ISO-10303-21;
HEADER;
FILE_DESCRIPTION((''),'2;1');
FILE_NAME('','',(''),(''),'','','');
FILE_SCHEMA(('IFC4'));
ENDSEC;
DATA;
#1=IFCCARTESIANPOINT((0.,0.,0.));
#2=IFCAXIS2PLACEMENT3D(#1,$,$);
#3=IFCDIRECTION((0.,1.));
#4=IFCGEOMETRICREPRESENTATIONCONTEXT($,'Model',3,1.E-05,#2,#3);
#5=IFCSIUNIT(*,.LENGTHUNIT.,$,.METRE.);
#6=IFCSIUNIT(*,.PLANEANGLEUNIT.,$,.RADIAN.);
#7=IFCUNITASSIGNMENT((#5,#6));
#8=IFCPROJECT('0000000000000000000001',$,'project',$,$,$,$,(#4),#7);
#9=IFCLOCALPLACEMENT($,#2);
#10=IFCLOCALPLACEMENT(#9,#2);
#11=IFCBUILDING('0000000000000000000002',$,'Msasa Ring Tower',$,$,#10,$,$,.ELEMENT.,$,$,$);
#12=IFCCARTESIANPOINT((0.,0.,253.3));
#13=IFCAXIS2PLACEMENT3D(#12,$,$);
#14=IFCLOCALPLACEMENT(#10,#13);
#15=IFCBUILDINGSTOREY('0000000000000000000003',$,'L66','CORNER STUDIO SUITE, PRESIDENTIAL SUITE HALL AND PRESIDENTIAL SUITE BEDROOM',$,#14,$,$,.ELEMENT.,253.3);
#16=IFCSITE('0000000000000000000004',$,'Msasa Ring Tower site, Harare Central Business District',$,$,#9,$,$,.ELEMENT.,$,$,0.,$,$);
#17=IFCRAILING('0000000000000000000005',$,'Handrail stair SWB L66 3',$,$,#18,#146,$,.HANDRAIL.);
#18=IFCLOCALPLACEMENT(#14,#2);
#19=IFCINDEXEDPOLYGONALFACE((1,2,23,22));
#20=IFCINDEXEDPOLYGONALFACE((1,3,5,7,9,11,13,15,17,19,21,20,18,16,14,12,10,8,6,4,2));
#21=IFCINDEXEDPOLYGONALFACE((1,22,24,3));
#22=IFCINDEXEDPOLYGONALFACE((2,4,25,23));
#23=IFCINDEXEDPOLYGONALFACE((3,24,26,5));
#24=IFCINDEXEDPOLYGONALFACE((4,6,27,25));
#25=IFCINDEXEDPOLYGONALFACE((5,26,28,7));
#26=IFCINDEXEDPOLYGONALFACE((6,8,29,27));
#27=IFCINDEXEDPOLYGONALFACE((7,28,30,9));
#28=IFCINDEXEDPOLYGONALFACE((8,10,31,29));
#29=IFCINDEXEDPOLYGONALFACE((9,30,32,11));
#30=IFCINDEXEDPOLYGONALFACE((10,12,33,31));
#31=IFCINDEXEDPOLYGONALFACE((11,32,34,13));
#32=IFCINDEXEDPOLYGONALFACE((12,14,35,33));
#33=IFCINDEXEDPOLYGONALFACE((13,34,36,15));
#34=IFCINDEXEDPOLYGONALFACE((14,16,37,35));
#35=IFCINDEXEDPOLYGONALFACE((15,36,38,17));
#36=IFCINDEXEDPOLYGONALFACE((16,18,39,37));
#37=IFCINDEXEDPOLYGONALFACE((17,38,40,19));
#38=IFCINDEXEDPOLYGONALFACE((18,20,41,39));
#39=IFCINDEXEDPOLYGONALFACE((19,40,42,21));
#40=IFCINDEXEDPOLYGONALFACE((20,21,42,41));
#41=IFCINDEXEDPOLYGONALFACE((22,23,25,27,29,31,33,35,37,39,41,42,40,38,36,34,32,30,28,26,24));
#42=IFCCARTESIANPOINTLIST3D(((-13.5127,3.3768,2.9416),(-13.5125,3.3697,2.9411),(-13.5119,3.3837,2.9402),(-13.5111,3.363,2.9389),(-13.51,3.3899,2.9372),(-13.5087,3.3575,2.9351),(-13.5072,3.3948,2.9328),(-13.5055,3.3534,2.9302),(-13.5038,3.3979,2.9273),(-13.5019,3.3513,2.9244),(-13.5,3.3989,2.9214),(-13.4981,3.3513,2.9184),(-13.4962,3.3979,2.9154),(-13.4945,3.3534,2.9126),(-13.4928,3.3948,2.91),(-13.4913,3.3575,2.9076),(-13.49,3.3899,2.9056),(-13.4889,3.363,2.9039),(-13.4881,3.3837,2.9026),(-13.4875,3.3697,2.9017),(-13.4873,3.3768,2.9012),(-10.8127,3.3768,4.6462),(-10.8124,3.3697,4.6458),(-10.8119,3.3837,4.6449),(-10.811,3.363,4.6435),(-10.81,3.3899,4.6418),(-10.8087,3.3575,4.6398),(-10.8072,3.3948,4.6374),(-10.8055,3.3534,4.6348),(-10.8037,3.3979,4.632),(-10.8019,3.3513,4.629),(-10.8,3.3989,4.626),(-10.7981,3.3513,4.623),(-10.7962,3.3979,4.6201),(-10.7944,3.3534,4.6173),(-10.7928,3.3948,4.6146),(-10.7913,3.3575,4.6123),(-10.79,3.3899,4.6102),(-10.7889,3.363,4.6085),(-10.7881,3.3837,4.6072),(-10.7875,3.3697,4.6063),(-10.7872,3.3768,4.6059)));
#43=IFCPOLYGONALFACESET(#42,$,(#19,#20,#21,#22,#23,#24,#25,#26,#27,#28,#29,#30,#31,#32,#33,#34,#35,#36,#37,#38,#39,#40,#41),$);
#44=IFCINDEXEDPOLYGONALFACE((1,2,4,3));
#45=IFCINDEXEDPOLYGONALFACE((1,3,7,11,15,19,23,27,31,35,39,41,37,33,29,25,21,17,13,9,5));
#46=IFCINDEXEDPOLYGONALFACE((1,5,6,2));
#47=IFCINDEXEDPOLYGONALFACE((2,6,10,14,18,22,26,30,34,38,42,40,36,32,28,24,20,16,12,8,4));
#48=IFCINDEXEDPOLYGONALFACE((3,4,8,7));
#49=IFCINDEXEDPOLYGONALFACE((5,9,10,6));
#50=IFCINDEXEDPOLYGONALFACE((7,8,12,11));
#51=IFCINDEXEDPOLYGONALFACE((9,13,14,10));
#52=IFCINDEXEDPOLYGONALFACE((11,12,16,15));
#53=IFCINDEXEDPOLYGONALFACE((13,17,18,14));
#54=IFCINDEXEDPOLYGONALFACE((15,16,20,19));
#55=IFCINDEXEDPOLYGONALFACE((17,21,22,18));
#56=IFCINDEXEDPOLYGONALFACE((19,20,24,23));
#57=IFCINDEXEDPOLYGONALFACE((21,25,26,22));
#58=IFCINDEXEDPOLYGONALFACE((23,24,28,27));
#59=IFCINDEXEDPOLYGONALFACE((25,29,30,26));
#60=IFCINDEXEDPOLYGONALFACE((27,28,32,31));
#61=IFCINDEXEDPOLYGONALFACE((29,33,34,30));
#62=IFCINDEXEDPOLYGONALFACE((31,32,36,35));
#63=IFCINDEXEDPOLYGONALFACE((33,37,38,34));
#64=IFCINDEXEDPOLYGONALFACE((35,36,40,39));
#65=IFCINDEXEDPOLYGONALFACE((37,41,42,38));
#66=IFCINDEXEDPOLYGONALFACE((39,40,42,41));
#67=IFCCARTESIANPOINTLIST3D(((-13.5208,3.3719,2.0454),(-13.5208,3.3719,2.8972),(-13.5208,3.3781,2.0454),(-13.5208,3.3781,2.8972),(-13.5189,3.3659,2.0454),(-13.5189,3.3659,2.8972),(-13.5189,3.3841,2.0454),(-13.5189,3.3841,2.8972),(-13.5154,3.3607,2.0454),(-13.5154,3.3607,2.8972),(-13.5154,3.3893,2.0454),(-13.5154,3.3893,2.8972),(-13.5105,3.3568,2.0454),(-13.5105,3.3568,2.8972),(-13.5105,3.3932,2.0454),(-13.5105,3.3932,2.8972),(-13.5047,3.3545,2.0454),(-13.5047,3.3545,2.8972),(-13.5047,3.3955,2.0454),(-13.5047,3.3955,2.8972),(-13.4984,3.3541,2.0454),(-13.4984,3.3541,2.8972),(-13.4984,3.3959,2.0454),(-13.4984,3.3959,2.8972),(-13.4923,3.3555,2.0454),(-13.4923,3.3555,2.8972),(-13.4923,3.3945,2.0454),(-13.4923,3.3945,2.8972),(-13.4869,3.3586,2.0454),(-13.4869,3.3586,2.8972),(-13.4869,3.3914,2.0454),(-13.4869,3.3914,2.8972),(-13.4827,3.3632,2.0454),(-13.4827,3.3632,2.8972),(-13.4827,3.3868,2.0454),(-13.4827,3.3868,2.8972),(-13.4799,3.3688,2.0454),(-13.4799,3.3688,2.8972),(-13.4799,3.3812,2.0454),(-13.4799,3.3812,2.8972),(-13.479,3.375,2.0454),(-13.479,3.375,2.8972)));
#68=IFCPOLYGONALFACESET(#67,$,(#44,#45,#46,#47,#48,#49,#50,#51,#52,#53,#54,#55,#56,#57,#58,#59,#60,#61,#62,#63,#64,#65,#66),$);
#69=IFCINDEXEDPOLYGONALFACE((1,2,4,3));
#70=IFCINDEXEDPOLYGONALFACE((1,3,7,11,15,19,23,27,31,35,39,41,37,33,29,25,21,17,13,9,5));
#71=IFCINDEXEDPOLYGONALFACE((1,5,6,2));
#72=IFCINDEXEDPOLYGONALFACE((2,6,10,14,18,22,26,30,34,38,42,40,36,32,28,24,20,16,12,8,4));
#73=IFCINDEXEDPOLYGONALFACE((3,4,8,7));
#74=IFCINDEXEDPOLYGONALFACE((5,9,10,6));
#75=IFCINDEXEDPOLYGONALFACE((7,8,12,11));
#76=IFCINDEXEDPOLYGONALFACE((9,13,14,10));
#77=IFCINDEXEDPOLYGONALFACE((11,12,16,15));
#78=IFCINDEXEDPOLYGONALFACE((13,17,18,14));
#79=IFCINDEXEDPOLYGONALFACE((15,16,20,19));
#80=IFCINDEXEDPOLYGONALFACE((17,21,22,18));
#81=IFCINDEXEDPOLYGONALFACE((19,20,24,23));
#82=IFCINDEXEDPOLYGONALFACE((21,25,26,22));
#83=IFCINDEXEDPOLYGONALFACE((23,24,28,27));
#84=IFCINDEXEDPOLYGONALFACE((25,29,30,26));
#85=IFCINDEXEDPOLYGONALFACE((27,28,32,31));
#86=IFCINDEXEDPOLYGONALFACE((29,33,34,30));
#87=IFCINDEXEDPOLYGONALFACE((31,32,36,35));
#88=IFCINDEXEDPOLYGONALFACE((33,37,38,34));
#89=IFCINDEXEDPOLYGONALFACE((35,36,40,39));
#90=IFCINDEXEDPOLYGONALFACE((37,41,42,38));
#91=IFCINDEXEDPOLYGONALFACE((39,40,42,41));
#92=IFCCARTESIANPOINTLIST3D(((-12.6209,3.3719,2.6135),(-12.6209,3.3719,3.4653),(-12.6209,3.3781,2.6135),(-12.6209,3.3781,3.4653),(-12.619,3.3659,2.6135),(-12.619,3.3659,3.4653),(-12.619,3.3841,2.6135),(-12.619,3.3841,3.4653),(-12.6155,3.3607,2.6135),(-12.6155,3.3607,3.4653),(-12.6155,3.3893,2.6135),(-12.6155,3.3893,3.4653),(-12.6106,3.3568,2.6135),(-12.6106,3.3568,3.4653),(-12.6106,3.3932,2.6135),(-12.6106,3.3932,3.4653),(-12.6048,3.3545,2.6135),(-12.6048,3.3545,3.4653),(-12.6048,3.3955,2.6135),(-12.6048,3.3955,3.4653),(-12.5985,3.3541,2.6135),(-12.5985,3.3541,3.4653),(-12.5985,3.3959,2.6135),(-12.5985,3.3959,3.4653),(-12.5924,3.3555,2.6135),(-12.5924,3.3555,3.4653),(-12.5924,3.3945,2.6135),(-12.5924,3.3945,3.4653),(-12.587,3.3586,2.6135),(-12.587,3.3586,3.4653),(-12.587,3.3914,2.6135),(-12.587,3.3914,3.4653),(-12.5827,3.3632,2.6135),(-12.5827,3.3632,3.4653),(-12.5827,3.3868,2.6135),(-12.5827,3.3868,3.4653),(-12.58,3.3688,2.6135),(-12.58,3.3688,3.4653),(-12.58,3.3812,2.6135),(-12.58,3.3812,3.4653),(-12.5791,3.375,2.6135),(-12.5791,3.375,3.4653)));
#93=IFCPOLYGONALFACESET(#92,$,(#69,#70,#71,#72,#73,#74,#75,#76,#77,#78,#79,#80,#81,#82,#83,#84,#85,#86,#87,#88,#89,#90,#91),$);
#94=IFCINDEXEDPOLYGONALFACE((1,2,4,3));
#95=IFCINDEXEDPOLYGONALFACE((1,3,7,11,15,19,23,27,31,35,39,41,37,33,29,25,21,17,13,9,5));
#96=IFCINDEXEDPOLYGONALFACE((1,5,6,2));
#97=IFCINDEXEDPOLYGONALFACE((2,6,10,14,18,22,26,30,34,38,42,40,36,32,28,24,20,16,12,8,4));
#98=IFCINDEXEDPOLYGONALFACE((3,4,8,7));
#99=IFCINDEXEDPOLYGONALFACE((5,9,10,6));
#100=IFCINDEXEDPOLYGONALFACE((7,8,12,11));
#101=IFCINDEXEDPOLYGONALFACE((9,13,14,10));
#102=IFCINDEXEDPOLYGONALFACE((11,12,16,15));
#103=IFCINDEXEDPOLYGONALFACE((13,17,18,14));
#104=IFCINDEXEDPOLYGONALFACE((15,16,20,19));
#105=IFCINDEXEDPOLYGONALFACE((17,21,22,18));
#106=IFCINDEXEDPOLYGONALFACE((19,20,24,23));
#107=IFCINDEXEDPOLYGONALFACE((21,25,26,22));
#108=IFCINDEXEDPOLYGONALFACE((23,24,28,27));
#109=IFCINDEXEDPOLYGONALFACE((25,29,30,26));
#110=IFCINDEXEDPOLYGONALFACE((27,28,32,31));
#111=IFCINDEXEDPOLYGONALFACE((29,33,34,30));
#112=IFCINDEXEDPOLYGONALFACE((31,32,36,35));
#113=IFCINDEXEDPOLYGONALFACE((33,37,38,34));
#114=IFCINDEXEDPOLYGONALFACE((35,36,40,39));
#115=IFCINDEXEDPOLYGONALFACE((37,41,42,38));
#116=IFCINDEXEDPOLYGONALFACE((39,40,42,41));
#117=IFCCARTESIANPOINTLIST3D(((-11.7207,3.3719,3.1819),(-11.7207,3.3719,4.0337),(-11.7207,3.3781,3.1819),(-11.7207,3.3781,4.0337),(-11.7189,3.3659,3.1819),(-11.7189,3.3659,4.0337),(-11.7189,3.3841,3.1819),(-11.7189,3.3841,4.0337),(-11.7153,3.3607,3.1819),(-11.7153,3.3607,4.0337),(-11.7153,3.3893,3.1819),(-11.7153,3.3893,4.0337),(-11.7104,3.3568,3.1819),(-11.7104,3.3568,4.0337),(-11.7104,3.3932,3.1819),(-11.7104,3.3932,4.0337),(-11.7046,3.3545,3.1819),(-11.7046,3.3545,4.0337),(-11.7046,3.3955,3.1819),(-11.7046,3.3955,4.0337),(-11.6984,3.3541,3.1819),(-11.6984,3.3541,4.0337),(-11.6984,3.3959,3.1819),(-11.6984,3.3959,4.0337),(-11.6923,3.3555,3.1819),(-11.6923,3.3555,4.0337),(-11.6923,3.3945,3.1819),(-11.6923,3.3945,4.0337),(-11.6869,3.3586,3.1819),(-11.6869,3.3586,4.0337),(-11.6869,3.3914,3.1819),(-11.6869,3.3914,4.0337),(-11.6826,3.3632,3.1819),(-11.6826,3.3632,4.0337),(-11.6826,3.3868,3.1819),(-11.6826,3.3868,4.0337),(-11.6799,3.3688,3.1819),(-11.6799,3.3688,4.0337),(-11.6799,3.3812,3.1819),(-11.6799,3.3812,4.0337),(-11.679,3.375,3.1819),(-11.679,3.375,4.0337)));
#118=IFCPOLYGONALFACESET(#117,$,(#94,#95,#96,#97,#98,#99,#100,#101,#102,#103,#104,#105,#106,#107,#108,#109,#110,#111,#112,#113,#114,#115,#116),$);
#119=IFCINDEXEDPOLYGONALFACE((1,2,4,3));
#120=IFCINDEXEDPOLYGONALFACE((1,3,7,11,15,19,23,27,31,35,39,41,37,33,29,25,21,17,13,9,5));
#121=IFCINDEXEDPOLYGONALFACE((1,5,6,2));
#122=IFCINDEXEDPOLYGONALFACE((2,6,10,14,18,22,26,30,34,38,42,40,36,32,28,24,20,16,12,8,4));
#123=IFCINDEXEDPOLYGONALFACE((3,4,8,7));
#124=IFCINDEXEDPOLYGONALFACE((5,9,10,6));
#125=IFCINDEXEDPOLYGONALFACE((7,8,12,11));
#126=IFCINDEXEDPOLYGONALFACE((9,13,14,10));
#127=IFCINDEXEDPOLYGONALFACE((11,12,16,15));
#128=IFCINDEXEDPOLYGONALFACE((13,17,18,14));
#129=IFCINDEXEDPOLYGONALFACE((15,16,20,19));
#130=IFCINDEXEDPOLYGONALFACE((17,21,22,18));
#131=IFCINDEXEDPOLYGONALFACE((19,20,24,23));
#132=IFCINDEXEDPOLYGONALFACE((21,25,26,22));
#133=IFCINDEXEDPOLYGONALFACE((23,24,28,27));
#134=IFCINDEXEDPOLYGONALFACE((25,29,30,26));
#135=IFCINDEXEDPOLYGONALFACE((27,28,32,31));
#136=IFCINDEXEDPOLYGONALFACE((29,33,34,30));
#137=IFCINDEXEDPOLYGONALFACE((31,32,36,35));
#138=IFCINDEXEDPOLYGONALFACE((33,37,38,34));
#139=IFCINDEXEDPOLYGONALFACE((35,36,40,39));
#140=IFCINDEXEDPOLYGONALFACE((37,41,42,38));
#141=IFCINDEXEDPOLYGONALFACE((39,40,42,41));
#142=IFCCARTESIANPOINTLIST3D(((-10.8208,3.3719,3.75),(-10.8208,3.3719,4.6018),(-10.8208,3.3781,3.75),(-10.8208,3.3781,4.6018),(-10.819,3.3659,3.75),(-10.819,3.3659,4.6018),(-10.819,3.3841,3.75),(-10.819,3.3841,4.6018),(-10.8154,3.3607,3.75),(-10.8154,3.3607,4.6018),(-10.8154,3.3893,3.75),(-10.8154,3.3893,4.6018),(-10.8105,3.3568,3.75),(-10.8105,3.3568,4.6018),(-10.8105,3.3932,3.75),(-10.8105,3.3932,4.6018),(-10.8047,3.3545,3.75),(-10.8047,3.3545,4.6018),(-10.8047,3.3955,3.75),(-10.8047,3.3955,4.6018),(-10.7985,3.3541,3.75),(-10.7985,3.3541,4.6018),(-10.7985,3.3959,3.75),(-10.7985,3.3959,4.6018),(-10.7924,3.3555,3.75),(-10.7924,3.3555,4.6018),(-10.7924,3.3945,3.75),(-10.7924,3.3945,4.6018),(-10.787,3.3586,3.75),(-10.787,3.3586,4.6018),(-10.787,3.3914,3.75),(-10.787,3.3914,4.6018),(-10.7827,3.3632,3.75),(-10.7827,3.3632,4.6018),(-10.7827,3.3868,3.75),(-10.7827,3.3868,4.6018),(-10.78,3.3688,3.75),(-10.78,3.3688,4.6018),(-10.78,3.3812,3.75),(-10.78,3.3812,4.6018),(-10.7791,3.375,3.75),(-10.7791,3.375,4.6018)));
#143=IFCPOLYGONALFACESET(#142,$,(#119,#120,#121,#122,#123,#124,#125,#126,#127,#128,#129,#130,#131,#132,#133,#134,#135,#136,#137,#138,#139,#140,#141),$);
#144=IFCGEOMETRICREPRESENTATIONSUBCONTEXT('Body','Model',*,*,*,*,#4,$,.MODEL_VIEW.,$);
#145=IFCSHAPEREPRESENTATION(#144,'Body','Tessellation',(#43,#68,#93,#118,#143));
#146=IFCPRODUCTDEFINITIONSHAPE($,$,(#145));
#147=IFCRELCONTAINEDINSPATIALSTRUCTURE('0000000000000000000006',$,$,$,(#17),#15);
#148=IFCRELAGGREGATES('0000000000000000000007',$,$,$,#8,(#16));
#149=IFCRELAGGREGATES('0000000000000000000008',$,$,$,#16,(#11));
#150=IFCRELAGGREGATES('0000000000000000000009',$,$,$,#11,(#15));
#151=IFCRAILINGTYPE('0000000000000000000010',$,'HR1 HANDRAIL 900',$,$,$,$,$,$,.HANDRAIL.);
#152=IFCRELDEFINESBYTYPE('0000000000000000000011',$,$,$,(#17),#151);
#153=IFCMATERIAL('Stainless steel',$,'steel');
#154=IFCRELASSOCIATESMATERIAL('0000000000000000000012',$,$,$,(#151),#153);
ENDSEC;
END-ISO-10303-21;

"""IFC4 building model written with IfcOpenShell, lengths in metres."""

from ifc_helpers import new_model, si_unit, direction, frame, origin, origin_2d, place, context, subcontext, project, spatial, circle, extrude, material, type_object, element, save


model = new_model("IFC4")

# Units and contexts
model_context = context("Model", 3, precision=1e-05, world=origin(), true_north=direction((0.0, 1.0)))
body_context = subcontext(model_context, "Body", "Model", "MODEL_VIEW")
ifc_project = project(units=[si_unit("LENGTHUNIT", "METRE"), si_unit("PLANEANGLEUNIT", "RADIAN")], contexts=[model_context])

# Site, building, storey
site_placement = place(None, origin())
site = spatial("IfcSite", under=ifc_project, at=site_placement, Name="Msasa Ring Tower site, Harare Central Business District", CompositionType="ELEMENT", RefElevation=0.0)
building_placement = place(site_placement, origin())
building = spatial("IfcBuilding", under=site, at=building_placement, Name="Msasa Ring Tower", CompositionType="ELEMENT")
storey_placement = place(building_placement, frame((0.0, 0.0, 253.3)))
storey = spatial("IfcBuildingStorey", under=building, at=storey_placement, Name="L66", Description="CORNER STUDIO SUITE, PRESIDENTIAL SUITE HALL AND PRESIDENTIAL SUITE BEDROOM", CompositionType="ELEMENT", Elevation=253.3)

# Railing
ifc_material_1 = material(Name="Stainless steel", Category="steel")
railing_type = type_object("IfcRailingType", Name="HR1 HANDRAIL 900", PredefinedType="HANDRAIL", material=ifc_material_1)
for number, where, name in (
    (1, (-13.5, 3.375, 2.0454), "Handrail stair SWB L66 3"),
):
    element("IfcRailing", number, at=place(storey_placement, frame(where)), inside=storey, type_object=railing_type, Name=name, PredefinedType="HANDRAIL", context=body_context, shape_type="SweptSolid", body=[
        extrude(circle(Radius=0.0239, at=origin_2d()), frame((0.0, 0.0, 0.876), z_axis=(0.84558, 0.0, 0.533849), x_axis=(0.0, 1.0, 0.0)), (0.0, 0.0, 1.0), 3.1931),
        extrude(circle(Radius=0.021, at=origin_2d()), origin(), (0.0, 0.0, 1.0), 0.8518),
        extrude(circle(Radius=0.021, at=origin_2d()), frame((0.8999, 0.0, 0.5681)), (0.0, 0.0, 1.0), 0.8518),
        extrude(circle(Radius=0.021, at=origin_2d()), frame((1.8, 0.0, 1.1365)), (0.0, 0.0, 1.0), 0.8518),
        extrude(circle(Radius=0.021, at=origin_2d()), frame((2.7, 0.0, 1.7046)), (0.0, 0.0, 1.0), 0.8518),
    ])

save(model, "model.ifc")
